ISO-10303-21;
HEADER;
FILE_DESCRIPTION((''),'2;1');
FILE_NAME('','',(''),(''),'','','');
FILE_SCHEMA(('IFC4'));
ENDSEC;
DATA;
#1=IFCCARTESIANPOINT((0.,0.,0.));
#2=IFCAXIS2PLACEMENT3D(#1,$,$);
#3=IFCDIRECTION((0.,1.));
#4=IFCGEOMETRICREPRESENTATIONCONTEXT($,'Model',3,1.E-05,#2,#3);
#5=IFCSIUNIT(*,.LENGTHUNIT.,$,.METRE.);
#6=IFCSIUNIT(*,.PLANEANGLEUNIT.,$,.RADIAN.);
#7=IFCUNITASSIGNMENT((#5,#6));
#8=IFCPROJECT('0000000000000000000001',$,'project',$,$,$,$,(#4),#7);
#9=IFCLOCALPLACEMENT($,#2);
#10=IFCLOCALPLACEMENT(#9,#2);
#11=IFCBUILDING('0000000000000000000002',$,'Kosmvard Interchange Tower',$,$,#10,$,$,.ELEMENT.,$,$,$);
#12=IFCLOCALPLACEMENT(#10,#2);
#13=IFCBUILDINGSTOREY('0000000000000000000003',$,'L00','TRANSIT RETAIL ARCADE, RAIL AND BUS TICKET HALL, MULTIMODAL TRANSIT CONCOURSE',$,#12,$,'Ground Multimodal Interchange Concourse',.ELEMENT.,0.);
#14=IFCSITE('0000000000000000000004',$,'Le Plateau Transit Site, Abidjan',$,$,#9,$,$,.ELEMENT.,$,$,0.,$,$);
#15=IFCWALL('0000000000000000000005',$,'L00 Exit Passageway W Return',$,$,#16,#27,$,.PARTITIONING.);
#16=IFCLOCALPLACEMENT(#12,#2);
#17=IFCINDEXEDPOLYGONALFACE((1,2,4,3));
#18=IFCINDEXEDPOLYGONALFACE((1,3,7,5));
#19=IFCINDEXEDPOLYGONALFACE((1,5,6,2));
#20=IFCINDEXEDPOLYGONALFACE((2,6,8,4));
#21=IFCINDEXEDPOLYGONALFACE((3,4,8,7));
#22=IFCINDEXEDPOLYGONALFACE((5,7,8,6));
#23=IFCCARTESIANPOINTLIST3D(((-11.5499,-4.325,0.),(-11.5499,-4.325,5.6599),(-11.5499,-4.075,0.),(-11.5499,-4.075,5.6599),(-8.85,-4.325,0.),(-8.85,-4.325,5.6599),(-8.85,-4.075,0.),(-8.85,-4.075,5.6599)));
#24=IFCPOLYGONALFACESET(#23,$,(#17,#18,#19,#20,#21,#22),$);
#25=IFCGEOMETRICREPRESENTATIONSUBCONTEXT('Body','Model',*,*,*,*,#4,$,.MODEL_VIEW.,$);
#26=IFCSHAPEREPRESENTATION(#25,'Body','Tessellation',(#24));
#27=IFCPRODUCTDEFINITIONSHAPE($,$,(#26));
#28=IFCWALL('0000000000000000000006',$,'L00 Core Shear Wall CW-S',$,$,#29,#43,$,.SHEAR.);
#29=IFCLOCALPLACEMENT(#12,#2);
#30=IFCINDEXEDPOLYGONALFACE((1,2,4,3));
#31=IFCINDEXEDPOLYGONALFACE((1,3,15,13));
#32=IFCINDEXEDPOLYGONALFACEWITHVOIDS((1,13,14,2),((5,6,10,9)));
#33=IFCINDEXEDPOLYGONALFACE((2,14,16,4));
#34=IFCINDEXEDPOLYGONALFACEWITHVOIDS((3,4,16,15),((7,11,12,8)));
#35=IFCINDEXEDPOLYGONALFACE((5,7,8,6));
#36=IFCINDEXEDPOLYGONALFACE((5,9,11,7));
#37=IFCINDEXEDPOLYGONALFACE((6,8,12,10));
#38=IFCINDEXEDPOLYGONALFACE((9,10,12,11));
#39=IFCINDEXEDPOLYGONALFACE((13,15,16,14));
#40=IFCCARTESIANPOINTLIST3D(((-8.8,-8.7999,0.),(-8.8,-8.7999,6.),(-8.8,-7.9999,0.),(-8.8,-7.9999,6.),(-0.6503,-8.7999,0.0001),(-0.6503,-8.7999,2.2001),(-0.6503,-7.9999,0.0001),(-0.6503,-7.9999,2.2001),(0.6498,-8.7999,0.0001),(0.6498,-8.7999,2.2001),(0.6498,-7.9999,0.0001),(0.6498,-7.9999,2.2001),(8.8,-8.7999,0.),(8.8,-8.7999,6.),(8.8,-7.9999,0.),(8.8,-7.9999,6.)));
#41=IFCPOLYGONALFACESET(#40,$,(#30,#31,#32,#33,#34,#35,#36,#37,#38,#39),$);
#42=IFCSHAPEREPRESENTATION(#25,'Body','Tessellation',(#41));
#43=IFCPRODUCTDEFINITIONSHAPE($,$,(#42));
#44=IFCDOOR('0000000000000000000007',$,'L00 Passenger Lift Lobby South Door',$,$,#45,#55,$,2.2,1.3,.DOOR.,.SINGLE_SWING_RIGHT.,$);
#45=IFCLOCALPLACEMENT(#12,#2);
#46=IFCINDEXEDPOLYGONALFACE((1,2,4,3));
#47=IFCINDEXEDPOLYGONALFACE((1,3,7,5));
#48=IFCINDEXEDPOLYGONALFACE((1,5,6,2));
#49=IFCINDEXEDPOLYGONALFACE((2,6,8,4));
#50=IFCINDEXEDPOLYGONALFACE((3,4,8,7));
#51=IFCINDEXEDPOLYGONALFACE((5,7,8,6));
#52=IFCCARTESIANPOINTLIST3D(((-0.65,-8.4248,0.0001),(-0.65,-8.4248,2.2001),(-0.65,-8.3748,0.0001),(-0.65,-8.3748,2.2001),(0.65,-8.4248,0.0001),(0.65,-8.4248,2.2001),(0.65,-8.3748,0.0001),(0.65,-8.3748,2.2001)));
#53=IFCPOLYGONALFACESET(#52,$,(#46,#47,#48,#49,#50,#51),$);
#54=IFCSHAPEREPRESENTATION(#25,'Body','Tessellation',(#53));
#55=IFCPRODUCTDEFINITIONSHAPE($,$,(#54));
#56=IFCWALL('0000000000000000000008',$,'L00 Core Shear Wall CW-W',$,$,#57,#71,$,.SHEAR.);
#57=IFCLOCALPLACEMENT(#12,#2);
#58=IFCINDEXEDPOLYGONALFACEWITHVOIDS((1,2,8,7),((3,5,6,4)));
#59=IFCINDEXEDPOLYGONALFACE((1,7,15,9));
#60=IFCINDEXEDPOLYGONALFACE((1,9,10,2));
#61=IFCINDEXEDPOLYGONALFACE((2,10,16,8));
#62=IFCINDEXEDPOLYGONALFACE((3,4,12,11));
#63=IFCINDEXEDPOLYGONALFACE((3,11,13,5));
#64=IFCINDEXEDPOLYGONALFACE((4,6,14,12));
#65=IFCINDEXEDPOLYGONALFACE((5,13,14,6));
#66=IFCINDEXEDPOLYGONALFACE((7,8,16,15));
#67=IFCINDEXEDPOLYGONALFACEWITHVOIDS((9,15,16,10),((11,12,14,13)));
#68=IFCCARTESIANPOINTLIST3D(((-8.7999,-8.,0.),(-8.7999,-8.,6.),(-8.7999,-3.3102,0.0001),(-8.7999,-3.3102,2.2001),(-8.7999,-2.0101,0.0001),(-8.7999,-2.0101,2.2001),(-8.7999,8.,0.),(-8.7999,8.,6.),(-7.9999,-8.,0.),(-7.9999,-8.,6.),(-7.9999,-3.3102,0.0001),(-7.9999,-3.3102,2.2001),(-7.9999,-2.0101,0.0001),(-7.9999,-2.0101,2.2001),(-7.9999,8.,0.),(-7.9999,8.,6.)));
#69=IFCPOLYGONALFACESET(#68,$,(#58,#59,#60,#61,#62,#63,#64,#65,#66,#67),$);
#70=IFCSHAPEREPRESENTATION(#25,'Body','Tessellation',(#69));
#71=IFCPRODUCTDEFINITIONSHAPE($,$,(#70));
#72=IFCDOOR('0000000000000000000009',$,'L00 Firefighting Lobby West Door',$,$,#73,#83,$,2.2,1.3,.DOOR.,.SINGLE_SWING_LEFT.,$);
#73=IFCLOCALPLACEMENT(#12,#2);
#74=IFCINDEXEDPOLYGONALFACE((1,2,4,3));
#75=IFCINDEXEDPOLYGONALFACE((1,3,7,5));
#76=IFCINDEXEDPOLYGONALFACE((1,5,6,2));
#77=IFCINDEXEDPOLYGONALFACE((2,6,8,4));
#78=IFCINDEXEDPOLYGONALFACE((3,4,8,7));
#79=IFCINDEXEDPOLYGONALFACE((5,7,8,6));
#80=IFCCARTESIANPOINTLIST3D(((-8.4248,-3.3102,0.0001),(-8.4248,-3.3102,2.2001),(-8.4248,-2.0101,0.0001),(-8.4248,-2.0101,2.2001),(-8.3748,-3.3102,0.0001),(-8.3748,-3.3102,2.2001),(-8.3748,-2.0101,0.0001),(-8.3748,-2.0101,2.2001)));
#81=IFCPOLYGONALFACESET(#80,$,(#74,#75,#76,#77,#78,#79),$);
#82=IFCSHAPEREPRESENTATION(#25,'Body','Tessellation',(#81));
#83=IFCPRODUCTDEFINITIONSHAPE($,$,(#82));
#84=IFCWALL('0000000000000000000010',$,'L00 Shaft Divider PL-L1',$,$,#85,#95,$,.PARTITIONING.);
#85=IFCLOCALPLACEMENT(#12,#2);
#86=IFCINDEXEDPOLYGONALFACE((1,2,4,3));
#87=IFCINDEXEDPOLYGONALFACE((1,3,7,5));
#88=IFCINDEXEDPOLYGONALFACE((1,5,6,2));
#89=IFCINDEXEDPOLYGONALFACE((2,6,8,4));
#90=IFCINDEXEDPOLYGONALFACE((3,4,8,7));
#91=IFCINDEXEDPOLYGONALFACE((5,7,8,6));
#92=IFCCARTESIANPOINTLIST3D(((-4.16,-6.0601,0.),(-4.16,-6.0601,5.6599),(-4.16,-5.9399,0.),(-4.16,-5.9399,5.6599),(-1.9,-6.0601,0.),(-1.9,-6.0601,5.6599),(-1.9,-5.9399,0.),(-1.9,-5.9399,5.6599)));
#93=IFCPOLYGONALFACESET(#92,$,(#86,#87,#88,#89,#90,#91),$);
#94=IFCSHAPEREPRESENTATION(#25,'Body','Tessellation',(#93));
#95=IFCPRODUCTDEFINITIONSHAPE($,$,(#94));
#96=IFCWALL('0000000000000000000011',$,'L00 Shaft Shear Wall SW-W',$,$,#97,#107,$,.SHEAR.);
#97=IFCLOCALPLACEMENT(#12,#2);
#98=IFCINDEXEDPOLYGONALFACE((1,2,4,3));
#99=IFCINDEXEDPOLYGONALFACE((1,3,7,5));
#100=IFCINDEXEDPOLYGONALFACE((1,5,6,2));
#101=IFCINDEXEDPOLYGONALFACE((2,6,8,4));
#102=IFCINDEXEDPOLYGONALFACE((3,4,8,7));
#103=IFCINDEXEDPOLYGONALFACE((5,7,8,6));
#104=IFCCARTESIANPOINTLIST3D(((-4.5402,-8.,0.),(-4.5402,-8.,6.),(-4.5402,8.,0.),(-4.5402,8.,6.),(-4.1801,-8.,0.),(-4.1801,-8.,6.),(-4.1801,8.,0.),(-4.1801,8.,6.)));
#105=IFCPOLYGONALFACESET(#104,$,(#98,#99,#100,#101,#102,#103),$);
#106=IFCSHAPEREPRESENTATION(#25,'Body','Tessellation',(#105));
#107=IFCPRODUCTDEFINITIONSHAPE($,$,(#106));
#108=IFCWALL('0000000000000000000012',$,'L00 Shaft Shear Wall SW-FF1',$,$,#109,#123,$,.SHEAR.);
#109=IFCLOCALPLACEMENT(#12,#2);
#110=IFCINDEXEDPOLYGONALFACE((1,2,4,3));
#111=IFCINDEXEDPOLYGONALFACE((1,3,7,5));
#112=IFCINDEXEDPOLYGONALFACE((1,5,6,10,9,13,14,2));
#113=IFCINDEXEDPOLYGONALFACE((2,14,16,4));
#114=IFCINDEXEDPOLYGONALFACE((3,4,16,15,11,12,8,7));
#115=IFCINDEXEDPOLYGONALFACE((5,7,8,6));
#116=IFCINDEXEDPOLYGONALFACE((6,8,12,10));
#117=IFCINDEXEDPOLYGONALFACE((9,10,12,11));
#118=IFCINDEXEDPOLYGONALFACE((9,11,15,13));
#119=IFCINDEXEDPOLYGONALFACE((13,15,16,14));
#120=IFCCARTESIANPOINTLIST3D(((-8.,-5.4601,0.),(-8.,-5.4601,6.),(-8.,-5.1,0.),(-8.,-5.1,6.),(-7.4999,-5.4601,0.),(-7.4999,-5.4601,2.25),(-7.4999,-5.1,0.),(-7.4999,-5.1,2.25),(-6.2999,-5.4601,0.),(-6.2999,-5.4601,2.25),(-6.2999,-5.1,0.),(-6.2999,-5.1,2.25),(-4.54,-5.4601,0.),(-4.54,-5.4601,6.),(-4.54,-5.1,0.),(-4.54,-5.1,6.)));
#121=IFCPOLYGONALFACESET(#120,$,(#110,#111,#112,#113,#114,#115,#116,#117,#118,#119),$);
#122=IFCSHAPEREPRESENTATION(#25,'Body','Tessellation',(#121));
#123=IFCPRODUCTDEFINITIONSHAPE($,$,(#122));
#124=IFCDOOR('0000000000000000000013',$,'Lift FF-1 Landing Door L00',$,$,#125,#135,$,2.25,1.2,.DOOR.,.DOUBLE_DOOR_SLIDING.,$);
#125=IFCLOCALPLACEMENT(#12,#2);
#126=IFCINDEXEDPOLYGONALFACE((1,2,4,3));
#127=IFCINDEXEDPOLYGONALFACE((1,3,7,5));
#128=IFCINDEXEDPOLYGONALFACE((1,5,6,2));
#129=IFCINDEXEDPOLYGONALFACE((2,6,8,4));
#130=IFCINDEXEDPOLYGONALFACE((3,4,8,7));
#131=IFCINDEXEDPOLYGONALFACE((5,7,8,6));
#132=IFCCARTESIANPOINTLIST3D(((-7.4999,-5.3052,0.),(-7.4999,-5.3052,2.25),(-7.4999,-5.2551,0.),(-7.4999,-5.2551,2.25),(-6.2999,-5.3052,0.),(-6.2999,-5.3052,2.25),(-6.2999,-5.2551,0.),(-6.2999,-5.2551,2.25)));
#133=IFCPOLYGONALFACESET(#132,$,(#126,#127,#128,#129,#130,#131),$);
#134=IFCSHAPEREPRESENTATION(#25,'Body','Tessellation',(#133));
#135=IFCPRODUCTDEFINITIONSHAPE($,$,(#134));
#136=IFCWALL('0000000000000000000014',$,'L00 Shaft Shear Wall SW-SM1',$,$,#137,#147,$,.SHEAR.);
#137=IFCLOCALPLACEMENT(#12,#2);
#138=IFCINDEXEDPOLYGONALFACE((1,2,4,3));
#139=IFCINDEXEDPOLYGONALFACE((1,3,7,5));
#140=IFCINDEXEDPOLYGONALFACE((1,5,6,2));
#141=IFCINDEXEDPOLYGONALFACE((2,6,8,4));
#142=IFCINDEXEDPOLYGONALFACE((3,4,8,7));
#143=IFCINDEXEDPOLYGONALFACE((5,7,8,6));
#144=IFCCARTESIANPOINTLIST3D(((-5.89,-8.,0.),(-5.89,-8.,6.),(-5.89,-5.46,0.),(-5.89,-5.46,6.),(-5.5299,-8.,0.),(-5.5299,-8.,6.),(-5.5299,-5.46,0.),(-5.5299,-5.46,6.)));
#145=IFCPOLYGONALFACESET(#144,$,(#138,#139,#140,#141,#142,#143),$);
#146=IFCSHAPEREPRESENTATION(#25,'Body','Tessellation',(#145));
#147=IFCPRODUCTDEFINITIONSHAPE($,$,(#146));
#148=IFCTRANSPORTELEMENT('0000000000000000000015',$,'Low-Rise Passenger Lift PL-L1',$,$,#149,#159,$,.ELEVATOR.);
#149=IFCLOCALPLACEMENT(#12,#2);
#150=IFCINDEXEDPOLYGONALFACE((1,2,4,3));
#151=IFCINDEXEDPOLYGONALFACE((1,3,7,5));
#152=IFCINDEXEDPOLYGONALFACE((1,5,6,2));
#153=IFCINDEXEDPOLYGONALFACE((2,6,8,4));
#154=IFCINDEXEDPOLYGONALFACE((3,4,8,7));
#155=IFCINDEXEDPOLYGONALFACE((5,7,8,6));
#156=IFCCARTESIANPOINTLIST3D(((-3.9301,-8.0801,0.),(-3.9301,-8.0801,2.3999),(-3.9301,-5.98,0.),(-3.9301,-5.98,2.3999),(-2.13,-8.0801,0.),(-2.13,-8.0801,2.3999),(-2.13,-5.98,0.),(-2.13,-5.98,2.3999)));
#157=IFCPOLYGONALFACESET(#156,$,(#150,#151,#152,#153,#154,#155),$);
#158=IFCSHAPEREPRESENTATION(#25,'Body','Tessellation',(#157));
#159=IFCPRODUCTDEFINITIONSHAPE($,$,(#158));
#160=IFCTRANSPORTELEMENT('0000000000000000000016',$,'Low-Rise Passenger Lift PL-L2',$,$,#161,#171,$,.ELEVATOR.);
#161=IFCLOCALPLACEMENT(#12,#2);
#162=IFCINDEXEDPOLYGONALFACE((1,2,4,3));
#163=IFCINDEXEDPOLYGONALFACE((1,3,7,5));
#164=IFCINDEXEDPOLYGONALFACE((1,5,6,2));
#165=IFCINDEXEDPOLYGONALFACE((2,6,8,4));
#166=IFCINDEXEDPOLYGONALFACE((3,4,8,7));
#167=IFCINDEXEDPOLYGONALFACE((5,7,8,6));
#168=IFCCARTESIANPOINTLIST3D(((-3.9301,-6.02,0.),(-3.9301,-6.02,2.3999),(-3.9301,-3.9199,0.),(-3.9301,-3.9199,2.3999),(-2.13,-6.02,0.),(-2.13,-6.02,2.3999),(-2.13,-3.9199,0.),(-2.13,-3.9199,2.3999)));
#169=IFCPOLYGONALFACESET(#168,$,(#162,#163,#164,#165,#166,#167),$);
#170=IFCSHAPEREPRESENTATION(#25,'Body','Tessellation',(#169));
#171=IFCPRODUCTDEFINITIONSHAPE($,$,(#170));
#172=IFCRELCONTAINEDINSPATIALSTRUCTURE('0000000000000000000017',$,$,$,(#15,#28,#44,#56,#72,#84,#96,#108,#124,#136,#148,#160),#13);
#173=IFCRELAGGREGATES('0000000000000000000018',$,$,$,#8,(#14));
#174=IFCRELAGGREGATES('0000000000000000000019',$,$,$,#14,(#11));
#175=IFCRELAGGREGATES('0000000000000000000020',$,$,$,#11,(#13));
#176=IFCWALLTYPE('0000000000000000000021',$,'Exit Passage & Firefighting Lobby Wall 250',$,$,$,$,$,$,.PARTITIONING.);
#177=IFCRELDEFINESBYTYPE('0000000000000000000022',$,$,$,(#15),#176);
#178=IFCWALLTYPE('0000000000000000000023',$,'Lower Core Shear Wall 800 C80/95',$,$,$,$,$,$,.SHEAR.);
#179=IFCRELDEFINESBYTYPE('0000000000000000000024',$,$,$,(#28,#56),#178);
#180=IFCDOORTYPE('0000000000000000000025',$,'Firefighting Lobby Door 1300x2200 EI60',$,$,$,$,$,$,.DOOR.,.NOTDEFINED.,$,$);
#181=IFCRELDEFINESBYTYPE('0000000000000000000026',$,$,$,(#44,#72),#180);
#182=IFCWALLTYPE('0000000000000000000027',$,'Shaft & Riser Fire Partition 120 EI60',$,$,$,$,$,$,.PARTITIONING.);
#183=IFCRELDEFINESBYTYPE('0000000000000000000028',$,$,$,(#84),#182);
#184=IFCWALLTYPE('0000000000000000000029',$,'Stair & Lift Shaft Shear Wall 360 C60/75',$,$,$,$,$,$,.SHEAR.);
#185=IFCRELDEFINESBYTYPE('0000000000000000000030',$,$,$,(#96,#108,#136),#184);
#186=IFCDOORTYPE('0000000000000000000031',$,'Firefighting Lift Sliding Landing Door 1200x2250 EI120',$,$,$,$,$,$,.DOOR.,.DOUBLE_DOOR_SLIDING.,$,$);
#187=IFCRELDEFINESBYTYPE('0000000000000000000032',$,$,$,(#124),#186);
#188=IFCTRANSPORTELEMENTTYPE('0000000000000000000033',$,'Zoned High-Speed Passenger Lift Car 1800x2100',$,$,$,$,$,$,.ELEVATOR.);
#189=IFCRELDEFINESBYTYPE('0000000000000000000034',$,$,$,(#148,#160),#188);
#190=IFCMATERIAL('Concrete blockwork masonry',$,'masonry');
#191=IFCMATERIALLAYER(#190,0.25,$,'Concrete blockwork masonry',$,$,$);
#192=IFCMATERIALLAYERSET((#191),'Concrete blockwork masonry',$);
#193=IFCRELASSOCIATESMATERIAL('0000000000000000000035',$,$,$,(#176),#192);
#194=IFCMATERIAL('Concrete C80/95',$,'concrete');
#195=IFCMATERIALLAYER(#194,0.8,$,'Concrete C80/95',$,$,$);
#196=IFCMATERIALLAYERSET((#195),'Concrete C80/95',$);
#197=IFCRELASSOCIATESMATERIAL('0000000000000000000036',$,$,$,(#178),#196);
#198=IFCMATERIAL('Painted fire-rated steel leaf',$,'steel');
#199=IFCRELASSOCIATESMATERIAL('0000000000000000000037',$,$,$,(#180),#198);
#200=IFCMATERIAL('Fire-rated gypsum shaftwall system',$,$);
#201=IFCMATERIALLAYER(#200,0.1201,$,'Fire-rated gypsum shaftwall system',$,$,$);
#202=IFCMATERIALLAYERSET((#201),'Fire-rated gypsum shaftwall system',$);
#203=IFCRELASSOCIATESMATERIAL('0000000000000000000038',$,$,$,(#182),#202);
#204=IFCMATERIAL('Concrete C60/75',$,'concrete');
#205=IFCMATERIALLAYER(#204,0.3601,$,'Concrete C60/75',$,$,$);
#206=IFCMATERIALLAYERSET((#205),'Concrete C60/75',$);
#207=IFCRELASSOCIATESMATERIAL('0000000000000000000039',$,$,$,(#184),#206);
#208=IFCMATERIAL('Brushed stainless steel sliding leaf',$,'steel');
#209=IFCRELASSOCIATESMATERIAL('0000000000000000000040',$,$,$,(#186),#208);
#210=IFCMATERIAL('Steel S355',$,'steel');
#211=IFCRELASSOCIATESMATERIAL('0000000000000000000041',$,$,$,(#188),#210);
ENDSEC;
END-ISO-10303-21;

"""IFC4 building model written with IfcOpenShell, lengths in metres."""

from ifc_helpers import new_model, si_unit, direction, frame, frame_2d, origin, origin_2d, place, context, subcontext, project, spatial, rectangle, extrude, source, transform, mapped, material, layer, layer_set, type_object, element, fill, save


model = new_model("IFC4")

# Units and contexts
model_context = context("Model", 3, precision=1e-05, world=origin(), true_north=direction((0.0, 1.0)))
body_context = subcontext(model_context, "Body", "Model", "MODEL_VIEW")
ifc_project = project(units=[si_unit("LENGTHUNIT", "METRE"), si_unit("PLANEANGLEUNIT", "RADIAN")], contexts=[model_context])

# Site, building, storey
site_placement = place(None, origin())
site = spatial("IfcSite", under=ifc_project, at=site_placement, Name="Le Plateau Transit Site, Abidjan", CompositionType="ELEMENT", RefElevation=0.0)
building_placement = place(site_placement, origin())
building = spatial("IfcBuilding", under=site, at=building_placement, Name="Kosmvard Interchange Tower", CompositionType="ELEMENT")
storey_placement = place(building_placement, origin())
storey = spatial("IfcBuildingStorey", under=building, at=storey_placement, Name="L00", Description="TRANSIT RETAIL ARCADE, RAIL AND BUS TICKET HALL, MULTIMODAL TRANSIT CONCOURSE", LongName="Ground Multimodal Interchange Concourse", CompositionType="ELEMENT", Elevation=0.0)

# Shared definitions
ifc_material_1 = material(Name="Concrete C80/95", Category="concrete")

# Shared definitions
ifc_material_2 = material(Name="Steel S355", Category="steel")

# Shared definitions
ifc_material_3 = material(Name="Brushed stainless steel sliding leaf", Category="steel")

# Shared definitions
ifc_material_4 = material(Name="Concrete blockwork masonry", Category="masonry")
ifc_layer_1 = layer(ifc_material_4, 0.25, Name="Concrete blockwork masonry")
ifc_layer_set_1 = layer_set([ifc_layer_1], Name="Concrete blockwork masonry")
wall_type_1 = type_object("IfcWallType", Name="Exit Passage & Firefighting Lobby Wall 250", PredefinedType="PARTITIONING", material=ifc_layer_set_1)
ifc_material_5 = material(Name="Painted fire-rated steel leaf", Category="steel")

# Wall
wall_1_placement = place(storey_placement, frame((-11.55, -4.2, 0.0), z_axis=(0.0, 0.0, 1.0), x_axis=(1.0, 0.0, 0.0)))
element("IfcWall", 1, at=wall_1_placement, inside=storey, type_object=wall_type_1, Name="L00 Exit Passageway W Return", PredefinedType="PARTITIONING", context=body_context, shape_type="SweptSolid", body=[
    extrude(rectangle(XDim=2.7, YDim=0.25, at=frame_2d((1.3501, 0.0))), origin(), (0.0, 0.0, 1.0), 5.6599),
])

# Walls, openings, doors
ifc_layer_2 = layer(ifc_material_1, 0.8, Name="Concrete C80/95")
ifc_layer_set_2 = layer_set([ifc_layer_2], Name="Concrete C80/95")
wall_type_2 = type_object("IfcWallType", Name="Lower Core Shear Wall 800 C80/95", PredefinedType="SHEAR", material=ifc_layer_set_2)
wall_2_placement = place(storey_placement, frame((-8.8, -8.3999, 0.0), z_axis=(0.0, 0.0, 1.0), x_axis=(1.0, 0.0, 0.0)))
wall_2 = element("IfcWall", 2, at=wall_2_placement, inside=storey, type_object=wall_type_2, Name="L00 Core Shear Wall CW-S", PredefinedType="SHEAR", context=body_context, shape_type="SweptSolid", body=[
    extrude(rectangle(XDim=17.6001, YDim=0.8, at=frame_2d((8.8, 0.0))), origin(), (0.0, 0.0, 1.0), 6.0),
])
opening_1_placement = place(wall_2_placement, frame((8.1499, 0.0, 0.0)))
opening_1 = element("IfcOpeningElement", 3, at=opening_1_placement, cuts=wall_2, PredefinedType="OPENING", context=body_context, shape_type="SweptSolid", body=[
    extrude(rectangle(XDim=1.3, YDim=2.2, at=frame_2d((0.6499, 1.1001))), frame((0.0, 0.4102, 0.0), z_axis=(0.0, -1.0, 0.0), x_axis=(1.0, 0.0, 0.0)), (0.0, 0.0, 1.0), 0.8201),
])
door_type_1 = type_object("IfcDoorType", Name="Firefighting Lobby Door 1300x2200 EI60", OperationType="NOTDEFINED", PredefinedType="DOOR", material=ifc_material_5)
shared_shape_1 = source(origin(), body_context, "Body", "SweptSolid", [
    extrude(rectangle(XDim=1.3, YDim=2.2, at=frame_2d((0.6499, 1.1001))), frame((0.0, 0.0249, 0.0), z_axis=(0.0, -1.0, 0.0), x_axis=(1.0, 0.0, 0.0)), (0.0, 0.0, 1.0), 0.05),
])
door_1_placement = place(opening_1_placement, frame((1.3, 0.0, 0.0), z_axis=(0.0, 0.0, 1.0), x_axis=(-1.0, 0.0, 0.0)))
door_1 = element("IfcDoor", 4, at=door_1_placement, inside=storey, type_object=door_type_1, Name="L00 Passenger Lift Lobby South Door", OperationType="SINGLE_SWING_RIGHT", OverallHeight=2.2, OverallWidth=1.3, PredefinedType="DOOR", context=body_context, shape_type="MappedRepresentation", body=[
    mapped(shared_shape_1, transform((0.0, 0.0, 0.0), scale=1.0)),
])
fill(opening_1, door_1)
wall_3_placement = place(storey_placement, frame((-8.3999, -8.0, 0.0), z_axis=(0.0, 0.0, 1.0), x_axis=(0.0, 1.0, 0.0)))
wall_3 = element("IfcWall", 5, at=wall_3_placement, inside=storey, type_object=wall_type_2, Name="L00 Core Shear Wall CW-W", PredefinedType="SHEAR", context=body_context, shape_type="SweptSolid", body=[
    extrude(rectangle(XDim=16.0, YDim=0.8, at=frame_2d((8.0, 0.0))), origin(), (0.0, 0.0, 1.0), 6.0),
])
opening_2_placement = place(wall_3_placement, frame((4.6899, 0.0, 0.0)))
opening_2 = element("IfcOpeningElement", 6, at=opening_2_placement, cuts=wall_3, PredefinedType="OPENING", context=body_context, shape_type="SweptSolid", body=[
    extrude(rectangle(XDim=1.3, YDim=2.2, at=frame_2d((0.6499, 1.1001))), frame((0.0, 0.4102, 0.0), z_axis=(0.0, -1.0, 0.0), x_axis=(1.0, 0.0, 0.0)), (0.0, 0.0, 1.0), 0.8201),
])
door_2_placement = place(opening_2_placement, origin())
door_2 = element("IfcDoor", 7, at=door_2_placement, inside=storey, type_object=door_type_1, Name="L00 Firefighting Lobby West Door", OperationType="SINGLE_SWING_LEFT", OverallHeight=2.2, OverallWidth=1.3, PredefinedType="DOOR", context=body_context, shape_type="MappedRepresentation", body=[
    mapped(shared_shape_1, transform((0.0, 0.0, 0.0), scale=1.0)),
])
fill(opening_2, door_2)

# Walls
ifc_material_6 = material(Name="Fire-rated gypsum shaftwall system")
ifc_layer_3 = layer(ifc_material_6, 0.1201, Name="Fire-rated gypsum shaftwall system")
ifc_layer_set_3 = layer_set([ifc_layer_3], Name="Fire-rated gypsum shaftwall system")
wall_type_3 = type_object("IfcWallType", Name="Shaft & Riser Fire Partition 120 EI60", PredefinedType="PARTITIONING", material=ifc_layer_set_3)
wall_4_placement = place(storey_placement, frame((-4.1599, -6.0, 0.0), z_axis=(0.0, 0.0, 1.0), x_axis=(1.0, 0.0, 0.0)))
element("IfcWall", 8, at=wall_4_placement, inside=storey, type_object=wall_type_3, Name="L00 Shaft Divider PL-L1", PredefinedType="PARTITIONING", context=body_context, shape_type="SweptSolid", body=[
    extrude(rectangle(XDim=2.26, YDim=0.1201, at=frame_2d((1.1299, 0.0))), origin(), (0.0, 0.0, 1.0), 5.6599),
])
ifc_material_7 = material(Name="Concrete C60/75", Category="concrete")
ifc_layer_4 = layer(ifc_material_7, 0.3601, Name="Concrete C60/75")
ifc_layer_set_4 = layer_set([ifc_layer_4], Name="Concrete C60/75")
wall_type_4 = type_object("IfcWallType", Name="Stair & Lift Shaft Shear Wall 360 C60/75", PredefinedType="SHEAR", material=ifc_layer_set_4)
wall_5_placement = place(storey_placement, frame((-4.3601, -8.0, 0.0), z_axis=(0.0, 0.0, 1.0), x_axis=(0.0, 1.0, 0.0)))
element("IfcWall", 9, at=wall_5_placement, inside=storey, type_object=wall_type_4, Name="L00 Shaft Shear Wall SW-W", PredefinedType="SHEAR", context=body_context, shape_type="SweptSolid", body=[
    extrude(rectangle(XDim=16.0, YDim=0.3601, at=frame_2d((8.0, 0.0))), origin(), (0.0, 0.0, 1.0), 6.0),
])

# Wall, opening, door
wall_6_placement = place(storey_placement, frame((-8.0, -5.28, 0.0), z_axis=(0.0, 0.0, 1.0), x_axis=(1.0, 0.0, 0.0)))
wall_6 = element("IfcWall", 10, at=wall_6_placement, inside=storey, type_object=wall_type_4, Name="L00 Shaft Shear Wall SW-FF1", PredefinedType="SHEAR", context=body_context, shape_type="SweptSolid", body=[
    extrude(rectangle(XDim=3.46, YDim=0.3601, at=frame_2d((1.73, 0.0))), origin(), (0.0, 0.0, 1.0), 6.0),
])
opening_3_placement = place(wall_6_placement, frame((0.5, 0.0, 0.0)))
opening_3 = element("IfcOpeningElement", 11, at=opening_3_placement, cuts=wall_6, PredefinedType="OPENING", context=body_context, shape_type="SweptSolid", body=[
    extrude(rectangle(XDim=1.2, YDim=2.25, at=frame_2d((0.6001, 1.125))), frame((0.0, 0.1899, 0.0), z_axis=(0.0, -1.0, 0.0), x_axis=(1.0, 0.0, 0.0)), (0.0, 0.0, 1.0), 0.3801),
])
door_type_2 = type_object("IfcDoorType", Name="Firefighting Lift Sliding Landing Door 1200x2250 EI120", OperationType="DOUBLE_DOOR_SLIDING", PredefinedType="DOOR", material=ifc_material_3)
shared_shape_2 = source(origin(), body_context, "Body", "SweptSolid", [
    extrude(rectangle(XDim=1.2, YDim=2.25, at=frame_2d((0.6001, 1.125))), frame((0.0, 0.0249, 0.0), z_axis=(0.0, -1.0, 0.0), x_axis=(1.0, 0.0, 0.0)), (0.0, 0.0, 1.0), 0.05),
])
door_3_placement = place(opening_3_placement, origin())
door_3 = element("IfcDoor", 12, at=door_3_placement, inside=storey, type_object=door_type_2, Name="Lift FF-1 Landing Door L00", OperationType="DOUBLE_DOOR_SLIDING", OverallHeight=2.25, OverallWidth=1.2, PredefinedType="DOOR", context=body_context, shape_type="MappedRepresentation", body=[
    mapped(shared_shape_2, transform((0.0, 0.0, 0.0), scale=1.0)),
])
fill(opening_3, door_3)

# Wall
wall_7_placement = place(storey_placement, frame((-5.71, -8.0, 0.0), z_axis=(0.0, 0.0, 1.0), x_axis=(0.0, 1.0, 0.0)))
element("IfcWall", 13, at=wall_7_placement, inside=storey, type_object=wall_type_4, Name="L00 Shaft Shear Wall SW-SM1", PredefinedType="SHEAR", context=body_context, shape_type="SweptSolid", body=[
    extrude(rectangle(XDim=2.54, YDim=0.3601, at=frame_2d((1.27, 0.0))), origin(), (0.0, 0.0, 1.0), 6.0),
])

# Transport elements
transport_element_type = type_object("IfcTransportElementType", Name="Zoned High-Speed Passenger Lift Car 1800x2100", PredefinedType="ELEVATOR", material=ifc_material_2)
shared_shape_3 = source(origin(), body_context, "Body", "SweptSolid", [
    extrude(rectangle(XDim=1.8, YDim=2.1001, at=origin_2d()), origin(), (0.0, 0.0, 1.0), 2.3999),
])
for number, where, z_axis, x_axis, name in (
    (14, (-3.03, -7.03, 0.0), (0.0, 0.0, 1.0), (1.0, 0.0, 0.0), "Low-Rise Passenger Lift PL-L1"),
    (15, (-3.03, -4.97, 0.0), (0.0, 0.0, 1.0), (1.0, 0.0, 0.0), "Low-Rise Passenger Lift PL-L2"),
):
    element("IfcTransportElement", number, at=place(storey_placement, frame(where, z_axis=z_axis, x_axis=x_axis)), inside=storey, type_object=transport_element_type, Name=name, PredefinedType="ELEVATOR", context=body_context, shape_type="MappedRepresentation", body=[
        mapped(shared_shape_3, transform((0.0, 0.0, 0.0), scale=1.0)),
    ])

save(model, "model.ifc")
